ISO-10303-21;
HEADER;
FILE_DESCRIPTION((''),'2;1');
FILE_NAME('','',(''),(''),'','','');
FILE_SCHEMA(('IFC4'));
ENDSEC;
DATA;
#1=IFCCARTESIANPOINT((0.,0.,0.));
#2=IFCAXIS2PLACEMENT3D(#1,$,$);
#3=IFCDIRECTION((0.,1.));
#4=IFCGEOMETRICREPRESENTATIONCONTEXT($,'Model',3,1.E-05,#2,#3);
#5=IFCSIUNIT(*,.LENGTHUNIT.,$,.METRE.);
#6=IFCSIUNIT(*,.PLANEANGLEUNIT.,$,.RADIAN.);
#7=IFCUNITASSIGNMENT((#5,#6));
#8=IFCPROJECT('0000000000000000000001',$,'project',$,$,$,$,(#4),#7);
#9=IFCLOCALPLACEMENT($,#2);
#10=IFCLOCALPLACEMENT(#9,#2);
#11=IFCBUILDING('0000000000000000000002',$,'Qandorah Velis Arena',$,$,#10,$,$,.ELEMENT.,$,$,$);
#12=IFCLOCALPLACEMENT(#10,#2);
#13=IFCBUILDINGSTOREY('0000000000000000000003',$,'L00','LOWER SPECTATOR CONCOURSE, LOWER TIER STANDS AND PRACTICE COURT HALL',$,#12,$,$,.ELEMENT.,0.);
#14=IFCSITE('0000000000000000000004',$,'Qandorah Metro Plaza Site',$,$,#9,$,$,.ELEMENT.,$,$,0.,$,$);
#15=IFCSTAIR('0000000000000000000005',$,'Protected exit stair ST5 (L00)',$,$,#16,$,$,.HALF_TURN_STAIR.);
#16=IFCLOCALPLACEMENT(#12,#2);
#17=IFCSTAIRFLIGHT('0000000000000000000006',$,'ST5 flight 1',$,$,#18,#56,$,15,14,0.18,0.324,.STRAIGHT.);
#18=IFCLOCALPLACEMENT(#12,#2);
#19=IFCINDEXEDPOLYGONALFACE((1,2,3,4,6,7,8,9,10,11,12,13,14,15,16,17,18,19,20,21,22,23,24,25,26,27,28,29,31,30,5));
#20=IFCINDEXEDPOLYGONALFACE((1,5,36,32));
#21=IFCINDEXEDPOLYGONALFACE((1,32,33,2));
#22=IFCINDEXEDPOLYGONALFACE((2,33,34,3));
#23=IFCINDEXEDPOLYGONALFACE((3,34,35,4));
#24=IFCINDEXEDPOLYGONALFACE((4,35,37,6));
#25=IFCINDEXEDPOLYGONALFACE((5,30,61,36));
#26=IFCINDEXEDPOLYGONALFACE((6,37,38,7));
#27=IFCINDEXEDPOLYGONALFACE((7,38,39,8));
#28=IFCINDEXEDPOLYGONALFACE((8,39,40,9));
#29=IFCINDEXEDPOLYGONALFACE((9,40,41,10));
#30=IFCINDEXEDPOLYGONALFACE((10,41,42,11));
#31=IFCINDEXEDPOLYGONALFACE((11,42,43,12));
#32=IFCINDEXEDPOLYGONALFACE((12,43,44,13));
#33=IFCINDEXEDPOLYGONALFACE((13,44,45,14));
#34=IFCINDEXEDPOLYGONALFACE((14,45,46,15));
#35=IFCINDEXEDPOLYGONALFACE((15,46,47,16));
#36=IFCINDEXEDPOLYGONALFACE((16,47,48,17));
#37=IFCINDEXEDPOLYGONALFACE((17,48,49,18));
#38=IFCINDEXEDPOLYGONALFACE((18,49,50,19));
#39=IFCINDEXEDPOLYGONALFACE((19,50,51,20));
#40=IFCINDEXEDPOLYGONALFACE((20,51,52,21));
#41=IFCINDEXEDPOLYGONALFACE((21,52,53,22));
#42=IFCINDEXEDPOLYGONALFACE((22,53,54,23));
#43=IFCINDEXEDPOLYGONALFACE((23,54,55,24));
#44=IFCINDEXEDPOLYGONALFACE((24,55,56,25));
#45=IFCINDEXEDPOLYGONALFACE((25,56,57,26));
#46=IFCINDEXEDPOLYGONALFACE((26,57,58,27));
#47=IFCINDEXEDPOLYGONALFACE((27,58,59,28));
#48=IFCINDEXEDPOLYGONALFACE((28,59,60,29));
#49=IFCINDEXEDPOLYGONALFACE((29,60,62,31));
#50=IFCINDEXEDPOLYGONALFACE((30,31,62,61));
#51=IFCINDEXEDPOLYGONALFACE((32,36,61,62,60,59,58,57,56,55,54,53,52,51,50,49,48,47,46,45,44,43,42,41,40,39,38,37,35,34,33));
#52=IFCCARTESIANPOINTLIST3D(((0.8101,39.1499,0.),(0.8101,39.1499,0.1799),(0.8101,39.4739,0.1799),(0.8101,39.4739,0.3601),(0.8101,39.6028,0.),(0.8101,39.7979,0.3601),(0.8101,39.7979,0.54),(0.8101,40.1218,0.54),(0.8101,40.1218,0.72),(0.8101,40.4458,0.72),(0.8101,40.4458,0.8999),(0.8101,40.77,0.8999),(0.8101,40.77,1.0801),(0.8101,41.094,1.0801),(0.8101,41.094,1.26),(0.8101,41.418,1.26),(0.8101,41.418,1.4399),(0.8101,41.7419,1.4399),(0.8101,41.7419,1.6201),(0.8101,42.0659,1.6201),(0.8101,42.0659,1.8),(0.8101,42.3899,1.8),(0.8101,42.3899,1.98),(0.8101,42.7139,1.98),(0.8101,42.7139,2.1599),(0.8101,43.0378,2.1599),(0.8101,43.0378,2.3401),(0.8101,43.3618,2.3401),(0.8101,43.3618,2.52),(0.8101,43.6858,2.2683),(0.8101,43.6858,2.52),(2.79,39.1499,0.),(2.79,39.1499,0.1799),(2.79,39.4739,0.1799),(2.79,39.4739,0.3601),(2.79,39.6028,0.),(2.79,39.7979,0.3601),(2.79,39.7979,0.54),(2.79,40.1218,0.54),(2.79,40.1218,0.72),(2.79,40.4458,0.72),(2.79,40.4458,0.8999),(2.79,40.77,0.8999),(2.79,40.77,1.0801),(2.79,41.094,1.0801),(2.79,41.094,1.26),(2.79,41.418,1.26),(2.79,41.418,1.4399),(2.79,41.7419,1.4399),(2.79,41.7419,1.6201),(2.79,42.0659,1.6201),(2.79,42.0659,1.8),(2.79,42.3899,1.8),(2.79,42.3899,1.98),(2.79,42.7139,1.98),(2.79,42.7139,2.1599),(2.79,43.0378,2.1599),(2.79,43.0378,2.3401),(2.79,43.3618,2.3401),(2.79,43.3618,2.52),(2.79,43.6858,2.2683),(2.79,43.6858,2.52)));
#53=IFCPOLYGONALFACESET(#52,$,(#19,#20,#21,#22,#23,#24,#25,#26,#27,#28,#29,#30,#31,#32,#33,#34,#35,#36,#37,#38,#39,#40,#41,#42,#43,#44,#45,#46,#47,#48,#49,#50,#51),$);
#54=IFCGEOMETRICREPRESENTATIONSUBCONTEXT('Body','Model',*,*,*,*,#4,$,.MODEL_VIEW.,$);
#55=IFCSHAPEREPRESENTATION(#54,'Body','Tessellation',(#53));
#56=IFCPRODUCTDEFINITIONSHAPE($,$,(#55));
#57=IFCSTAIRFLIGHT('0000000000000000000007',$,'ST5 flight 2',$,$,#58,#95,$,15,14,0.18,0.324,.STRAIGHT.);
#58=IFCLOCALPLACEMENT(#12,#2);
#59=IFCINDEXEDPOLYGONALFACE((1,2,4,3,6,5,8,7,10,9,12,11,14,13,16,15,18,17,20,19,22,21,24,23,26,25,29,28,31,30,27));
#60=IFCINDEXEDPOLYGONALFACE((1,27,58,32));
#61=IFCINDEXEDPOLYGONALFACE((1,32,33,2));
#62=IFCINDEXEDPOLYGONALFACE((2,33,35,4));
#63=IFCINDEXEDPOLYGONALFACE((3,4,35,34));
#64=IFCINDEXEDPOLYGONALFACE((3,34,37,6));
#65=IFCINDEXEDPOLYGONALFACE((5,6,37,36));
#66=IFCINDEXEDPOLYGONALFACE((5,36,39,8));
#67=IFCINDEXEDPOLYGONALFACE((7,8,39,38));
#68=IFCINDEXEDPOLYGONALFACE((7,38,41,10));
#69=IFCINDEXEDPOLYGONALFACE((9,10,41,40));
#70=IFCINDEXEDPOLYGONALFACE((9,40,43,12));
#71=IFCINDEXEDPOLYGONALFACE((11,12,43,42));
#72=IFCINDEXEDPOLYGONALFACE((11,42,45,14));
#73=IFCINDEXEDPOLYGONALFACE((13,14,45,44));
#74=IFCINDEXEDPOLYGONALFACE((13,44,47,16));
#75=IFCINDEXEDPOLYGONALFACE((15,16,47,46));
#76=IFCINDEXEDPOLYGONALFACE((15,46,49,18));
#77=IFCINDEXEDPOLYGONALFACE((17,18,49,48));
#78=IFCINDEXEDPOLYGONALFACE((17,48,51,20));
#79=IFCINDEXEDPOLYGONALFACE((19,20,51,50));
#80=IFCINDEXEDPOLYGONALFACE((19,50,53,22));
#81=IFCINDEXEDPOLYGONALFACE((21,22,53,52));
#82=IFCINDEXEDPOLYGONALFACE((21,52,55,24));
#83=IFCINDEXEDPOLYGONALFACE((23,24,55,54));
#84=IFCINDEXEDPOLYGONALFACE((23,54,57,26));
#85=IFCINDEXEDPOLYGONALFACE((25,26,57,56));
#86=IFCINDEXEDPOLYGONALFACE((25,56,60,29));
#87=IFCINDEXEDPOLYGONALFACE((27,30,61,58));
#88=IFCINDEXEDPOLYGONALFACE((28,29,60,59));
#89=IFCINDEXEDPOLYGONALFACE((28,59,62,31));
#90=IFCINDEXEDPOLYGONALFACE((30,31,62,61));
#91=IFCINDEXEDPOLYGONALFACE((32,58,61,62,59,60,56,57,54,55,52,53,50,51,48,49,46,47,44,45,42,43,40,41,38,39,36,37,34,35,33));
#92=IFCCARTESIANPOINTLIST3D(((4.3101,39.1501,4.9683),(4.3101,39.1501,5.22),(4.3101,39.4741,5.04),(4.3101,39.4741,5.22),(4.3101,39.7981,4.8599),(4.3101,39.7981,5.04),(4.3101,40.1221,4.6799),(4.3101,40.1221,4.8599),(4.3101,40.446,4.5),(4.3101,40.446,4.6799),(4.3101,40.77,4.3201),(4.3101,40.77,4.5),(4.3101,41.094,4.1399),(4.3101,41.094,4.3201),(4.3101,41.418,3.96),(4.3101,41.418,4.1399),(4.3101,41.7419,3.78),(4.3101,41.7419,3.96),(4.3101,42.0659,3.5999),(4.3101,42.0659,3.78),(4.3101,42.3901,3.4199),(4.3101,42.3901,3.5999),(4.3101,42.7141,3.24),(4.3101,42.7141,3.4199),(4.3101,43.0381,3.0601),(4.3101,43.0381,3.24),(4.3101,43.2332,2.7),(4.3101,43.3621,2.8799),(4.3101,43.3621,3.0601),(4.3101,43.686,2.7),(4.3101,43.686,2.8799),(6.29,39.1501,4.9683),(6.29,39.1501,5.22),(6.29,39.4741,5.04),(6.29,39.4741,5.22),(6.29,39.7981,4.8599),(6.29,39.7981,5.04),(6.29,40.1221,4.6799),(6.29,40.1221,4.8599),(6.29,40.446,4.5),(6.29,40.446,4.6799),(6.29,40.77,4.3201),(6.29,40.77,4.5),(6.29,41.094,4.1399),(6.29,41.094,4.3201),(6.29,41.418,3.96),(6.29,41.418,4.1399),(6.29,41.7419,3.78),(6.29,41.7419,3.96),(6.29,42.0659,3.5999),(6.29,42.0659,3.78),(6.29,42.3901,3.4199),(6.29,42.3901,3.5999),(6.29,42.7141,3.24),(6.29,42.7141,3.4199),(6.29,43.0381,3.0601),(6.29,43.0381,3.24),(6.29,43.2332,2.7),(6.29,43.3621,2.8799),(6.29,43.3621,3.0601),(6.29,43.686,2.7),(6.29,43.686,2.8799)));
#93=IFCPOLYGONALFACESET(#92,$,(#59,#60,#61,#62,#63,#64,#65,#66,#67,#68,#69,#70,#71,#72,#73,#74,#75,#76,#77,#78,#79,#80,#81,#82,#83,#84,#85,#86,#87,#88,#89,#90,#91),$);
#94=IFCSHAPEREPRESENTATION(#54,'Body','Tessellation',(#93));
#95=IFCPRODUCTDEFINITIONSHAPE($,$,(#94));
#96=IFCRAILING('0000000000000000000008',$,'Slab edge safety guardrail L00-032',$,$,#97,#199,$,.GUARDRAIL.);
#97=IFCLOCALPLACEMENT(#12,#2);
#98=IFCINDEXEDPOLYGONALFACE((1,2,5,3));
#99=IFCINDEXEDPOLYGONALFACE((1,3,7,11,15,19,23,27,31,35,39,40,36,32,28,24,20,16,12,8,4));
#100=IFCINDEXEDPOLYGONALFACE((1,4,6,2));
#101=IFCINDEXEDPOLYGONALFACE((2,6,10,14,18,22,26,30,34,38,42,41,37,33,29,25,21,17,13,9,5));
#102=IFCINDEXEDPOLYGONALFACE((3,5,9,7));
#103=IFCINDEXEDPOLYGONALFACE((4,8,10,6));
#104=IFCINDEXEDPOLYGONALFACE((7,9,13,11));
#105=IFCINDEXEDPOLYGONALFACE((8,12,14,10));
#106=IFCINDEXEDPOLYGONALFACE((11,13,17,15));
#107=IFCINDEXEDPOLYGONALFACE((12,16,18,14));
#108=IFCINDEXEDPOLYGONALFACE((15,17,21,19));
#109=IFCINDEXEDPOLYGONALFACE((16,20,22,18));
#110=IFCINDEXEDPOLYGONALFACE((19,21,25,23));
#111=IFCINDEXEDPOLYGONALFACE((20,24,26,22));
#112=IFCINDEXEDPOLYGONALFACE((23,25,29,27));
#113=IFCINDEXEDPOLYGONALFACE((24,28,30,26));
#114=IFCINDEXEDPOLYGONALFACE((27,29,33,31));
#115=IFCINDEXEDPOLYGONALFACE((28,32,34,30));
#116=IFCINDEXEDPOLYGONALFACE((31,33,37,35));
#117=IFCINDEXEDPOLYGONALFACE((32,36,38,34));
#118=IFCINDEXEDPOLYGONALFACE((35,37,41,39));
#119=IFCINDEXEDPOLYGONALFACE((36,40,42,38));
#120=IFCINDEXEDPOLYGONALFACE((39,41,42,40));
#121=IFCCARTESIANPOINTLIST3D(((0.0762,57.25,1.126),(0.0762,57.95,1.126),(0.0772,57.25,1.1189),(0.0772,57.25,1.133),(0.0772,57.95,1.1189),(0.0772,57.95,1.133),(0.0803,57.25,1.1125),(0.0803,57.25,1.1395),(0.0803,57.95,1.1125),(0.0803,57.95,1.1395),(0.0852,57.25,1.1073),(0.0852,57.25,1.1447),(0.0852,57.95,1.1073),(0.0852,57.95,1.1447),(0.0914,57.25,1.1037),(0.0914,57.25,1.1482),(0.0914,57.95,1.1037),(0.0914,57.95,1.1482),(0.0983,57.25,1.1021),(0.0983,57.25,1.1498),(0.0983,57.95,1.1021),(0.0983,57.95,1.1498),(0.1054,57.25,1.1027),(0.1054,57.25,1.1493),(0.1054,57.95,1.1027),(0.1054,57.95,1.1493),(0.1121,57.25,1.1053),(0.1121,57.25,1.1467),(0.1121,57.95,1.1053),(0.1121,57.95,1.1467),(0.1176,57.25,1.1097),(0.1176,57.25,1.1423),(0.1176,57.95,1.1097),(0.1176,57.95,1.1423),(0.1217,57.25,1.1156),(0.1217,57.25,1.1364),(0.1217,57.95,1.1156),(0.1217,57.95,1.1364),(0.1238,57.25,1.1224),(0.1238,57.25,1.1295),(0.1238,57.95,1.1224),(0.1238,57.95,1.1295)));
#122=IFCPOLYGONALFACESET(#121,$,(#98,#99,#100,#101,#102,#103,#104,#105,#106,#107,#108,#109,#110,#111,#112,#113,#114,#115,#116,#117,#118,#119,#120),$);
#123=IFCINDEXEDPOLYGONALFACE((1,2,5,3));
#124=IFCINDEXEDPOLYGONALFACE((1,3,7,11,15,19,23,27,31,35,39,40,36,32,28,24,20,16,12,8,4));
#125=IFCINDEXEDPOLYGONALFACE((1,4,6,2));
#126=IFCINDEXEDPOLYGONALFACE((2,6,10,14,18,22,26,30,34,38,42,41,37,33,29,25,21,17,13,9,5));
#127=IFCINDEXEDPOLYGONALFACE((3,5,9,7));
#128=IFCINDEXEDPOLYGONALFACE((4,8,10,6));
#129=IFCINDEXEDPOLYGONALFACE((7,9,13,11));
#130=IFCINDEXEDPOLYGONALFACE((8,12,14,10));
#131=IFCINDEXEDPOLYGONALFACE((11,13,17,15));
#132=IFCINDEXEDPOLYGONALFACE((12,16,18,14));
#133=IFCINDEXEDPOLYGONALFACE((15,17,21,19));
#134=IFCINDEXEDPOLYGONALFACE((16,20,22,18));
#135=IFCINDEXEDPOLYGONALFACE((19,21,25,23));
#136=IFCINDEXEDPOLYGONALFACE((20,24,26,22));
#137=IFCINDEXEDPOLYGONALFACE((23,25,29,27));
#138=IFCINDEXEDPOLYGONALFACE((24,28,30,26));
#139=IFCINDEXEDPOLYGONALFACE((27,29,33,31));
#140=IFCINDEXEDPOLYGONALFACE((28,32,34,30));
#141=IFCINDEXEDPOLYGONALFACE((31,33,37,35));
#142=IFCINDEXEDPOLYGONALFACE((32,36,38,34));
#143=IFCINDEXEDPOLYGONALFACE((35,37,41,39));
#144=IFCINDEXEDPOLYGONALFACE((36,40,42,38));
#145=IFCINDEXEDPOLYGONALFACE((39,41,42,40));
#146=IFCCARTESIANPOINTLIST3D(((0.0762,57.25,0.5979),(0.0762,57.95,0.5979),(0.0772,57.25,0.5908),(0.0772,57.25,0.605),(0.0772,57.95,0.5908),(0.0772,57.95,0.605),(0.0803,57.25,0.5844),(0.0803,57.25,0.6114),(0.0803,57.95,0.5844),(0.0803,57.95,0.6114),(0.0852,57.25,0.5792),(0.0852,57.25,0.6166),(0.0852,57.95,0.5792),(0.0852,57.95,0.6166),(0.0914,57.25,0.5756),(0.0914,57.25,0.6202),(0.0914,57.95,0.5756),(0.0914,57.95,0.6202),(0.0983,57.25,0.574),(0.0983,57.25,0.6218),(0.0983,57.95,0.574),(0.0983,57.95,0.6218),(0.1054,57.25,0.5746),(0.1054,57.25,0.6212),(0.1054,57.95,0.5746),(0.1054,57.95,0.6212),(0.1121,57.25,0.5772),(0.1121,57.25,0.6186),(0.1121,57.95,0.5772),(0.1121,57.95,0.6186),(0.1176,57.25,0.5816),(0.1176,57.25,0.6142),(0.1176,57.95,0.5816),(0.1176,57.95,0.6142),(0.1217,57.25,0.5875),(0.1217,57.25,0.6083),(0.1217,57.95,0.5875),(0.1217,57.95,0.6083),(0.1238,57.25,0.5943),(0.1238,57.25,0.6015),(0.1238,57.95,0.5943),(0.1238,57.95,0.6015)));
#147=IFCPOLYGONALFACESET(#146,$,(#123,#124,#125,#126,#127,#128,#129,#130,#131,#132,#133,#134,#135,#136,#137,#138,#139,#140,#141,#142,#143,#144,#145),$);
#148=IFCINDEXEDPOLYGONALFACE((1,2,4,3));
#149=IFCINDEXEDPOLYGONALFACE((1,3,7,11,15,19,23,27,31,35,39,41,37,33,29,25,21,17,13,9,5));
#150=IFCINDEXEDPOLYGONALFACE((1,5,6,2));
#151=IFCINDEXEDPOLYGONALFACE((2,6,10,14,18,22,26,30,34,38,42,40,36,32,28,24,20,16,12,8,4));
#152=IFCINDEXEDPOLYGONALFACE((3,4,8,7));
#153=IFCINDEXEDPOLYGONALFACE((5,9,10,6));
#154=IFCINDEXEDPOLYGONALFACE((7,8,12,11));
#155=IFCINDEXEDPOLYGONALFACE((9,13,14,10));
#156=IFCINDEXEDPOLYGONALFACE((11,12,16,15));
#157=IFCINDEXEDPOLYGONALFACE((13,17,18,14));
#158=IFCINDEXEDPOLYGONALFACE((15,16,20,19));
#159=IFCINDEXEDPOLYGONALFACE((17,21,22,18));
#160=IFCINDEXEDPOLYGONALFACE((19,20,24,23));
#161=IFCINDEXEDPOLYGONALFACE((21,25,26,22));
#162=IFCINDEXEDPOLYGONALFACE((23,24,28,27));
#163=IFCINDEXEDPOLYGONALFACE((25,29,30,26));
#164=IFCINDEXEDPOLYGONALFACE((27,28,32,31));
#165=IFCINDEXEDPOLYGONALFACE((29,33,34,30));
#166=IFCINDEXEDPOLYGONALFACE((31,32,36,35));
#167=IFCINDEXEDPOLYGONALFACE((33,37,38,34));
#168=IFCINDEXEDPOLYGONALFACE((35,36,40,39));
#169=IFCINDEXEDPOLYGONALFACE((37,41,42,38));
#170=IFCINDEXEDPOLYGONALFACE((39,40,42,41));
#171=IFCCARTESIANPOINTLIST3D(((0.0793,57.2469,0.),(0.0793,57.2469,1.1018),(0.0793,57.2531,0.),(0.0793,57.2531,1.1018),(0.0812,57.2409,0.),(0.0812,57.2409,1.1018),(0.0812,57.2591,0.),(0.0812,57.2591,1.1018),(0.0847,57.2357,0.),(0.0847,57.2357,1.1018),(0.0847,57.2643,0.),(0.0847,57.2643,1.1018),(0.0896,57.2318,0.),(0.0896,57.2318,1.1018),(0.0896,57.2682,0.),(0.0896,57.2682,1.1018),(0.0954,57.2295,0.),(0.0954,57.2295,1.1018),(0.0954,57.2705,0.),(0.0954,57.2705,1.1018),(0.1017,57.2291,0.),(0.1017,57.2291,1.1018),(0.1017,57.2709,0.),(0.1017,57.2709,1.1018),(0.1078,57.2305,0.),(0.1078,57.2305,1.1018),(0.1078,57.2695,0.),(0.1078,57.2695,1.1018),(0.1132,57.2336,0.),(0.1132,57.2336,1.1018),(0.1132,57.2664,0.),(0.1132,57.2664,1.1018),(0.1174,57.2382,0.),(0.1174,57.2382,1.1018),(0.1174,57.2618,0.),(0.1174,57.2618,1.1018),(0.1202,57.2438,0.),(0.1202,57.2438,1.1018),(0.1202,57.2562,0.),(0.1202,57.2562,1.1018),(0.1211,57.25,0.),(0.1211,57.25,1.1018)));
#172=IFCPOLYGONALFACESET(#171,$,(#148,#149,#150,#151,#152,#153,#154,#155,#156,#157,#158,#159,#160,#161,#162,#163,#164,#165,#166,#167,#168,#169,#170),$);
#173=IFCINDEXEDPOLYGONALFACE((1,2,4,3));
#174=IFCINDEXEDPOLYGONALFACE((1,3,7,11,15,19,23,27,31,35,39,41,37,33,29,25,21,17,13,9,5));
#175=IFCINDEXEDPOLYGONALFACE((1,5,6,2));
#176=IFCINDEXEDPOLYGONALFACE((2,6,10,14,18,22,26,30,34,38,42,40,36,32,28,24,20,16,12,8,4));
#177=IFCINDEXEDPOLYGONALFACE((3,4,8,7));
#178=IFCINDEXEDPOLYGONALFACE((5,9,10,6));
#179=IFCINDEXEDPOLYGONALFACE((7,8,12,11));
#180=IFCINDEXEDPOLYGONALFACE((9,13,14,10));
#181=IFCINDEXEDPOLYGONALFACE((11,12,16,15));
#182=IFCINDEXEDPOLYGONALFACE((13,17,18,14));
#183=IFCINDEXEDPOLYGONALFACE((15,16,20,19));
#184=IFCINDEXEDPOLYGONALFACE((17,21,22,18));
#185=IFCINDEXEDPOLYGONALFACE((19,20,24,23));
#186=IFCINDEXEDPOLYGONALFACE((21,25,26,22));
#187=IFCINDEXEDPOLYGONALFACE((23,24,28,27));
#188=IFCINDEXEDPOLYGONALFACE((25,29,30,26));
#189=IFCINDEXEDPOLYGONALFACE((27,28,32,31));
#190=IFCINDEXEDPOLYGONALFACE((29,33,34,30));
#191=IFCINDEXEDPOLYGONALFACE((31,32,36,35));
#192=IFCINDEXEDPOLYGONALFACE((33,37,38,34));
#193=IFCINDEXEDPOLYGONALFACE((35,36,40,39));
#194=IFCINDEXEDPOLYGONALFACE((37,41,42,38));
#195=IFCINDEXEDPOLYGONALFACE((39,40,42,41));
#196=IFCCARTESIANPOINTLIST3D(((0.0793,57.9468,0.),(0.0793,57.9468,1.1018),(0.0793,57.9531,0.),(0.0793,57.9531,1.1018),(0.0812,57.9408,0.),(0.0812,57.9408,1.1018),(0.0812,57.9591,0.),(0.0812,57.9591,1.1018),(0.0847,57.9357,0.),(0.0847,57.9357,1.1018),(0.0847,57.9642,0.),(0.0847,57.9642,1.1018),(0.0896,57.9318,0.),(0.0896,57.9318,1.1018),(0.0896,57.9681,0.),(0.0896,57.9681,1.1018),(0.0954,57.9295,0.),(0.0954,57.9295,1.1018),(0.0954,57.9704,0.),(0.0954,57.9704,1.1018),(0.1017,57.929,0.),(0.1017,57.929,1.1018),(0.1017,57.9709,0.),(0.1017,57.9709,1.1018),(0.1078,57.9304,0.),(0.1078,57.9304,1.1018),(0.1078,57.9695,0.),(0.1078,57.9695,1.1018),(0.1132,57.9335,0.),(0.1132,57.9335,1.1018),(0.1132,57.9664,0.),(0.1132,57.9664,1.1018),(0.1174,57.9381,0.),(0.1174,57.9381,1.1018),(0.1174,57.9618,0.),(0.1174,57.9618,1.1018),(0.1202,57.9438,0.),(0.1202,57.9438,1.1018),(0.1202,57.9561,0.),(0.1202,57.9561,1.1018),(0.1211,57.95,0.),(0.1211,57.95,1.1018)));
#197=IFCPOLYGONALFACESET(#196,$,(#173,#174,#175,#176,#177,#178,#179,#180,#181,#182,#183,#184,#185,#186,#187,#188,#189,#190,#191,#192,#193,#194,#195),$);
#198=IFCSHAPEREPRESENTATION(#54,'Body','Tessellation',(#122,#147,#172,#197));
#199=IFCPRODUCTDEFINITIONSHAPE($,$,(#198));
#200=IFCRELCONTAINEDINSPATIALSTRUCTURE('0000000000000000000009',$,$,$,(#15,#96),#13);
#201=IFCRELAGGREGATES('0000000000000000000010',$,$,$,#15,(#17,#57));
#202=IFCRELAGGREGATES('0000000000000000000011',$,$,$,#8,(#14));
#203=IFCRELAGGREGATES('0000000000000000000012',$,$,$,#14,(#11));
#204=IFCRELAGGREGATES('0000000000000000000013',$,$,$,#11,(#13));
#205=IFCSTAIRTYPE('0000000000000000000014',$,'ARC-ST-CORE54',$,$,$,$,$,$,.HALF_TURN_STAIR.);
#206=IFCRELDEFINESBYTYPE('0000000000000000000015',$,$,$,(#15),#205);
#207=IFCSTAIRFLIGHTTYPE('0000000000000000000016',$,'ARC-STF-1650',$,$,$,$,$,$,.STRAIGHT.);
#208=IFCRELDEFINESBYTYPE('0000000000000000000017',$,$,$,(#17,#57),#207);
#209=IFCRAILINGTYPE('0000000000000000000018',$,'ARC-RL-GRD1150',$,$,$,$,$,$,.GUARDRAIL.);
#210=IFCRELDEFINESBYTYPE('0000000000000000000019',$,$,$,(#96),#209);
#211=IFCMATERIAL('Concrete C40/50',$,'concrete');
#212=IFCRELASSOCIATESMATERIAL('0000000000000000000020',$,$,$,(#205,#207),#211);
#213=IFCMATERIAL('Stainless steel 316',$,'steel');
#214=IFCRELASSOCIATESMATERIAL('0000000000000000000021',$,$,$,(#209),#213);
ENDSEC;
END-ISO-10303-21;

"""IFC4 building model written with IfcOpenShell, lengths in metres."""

from ifc_helpers import new_model, si_unit, direction, frame, origin, origin_2d, place, context, subcontext, project, spatial, polyline, circle, outline, extrude, material, type_object, element, aggregate, save


model = new_model("IFC4")

# Units and contexts
model_context = context("Model", 3, precision=1e-05, world=origin(), true_north=direction((0.0, 1.0)))
body_context = subcontext(model_context, "Body", "Model", "MODEL_VIEW")
ifc_project = project(units=[si_unit("LENGTHUNIT", "METRE"), si_unit("PLANEANGLEUNIT", "RADIAN")], contexts=[model_context])

# Site, building, storey
site_placement = place(None, origin())
site = spatial("IfcSite", under=ifc_project, at=site_placement, Name="Qandorah Metro Plaza Site", CompositionType="ELEMENT", RefElevation=0.0)
building_placement = place(site_placement, origin())
building = spatial("IfcBuilding", under=site, at=building_placement, Name="Qandorah Velis Arena", CompositionType="ELEMENT")
storey_placement = place(building_placement, origin())
storey = spatial("IfcBuildingStorey", under=building, at=storey_placement, Name="L00", Description="LOWER SPECTATOR CONCOURSE, LOWER TIER STANDS AND PRACTICE COURT HALL", CompositionType="ELEMENT", Elevation=0.0)

# Shared definitions
ifc_material_1 = material(Name="Concrete C40/50", Category="concrete")

# Stair, stair flights
stair_type = type_object("IfcStairType", Name="ARC-ST-CORE54", PredefinedType="HALF_TURN_STAIR", material=ifc_material_1)
stair_placement = place(storey_placement, origin())
stair = element("IfcStair", 1, at=stair_placement, inside=storey, type_object=stair_type, Name="Protected exit stair ST5 (L00)", PredefinedType="HALF_TURN_STAIR")
stair_flight_type = type_object("IfcStairFlightType", Name="ARC-STF-1650", PredefinedType="STRAIGHT", material=ifc_material_1)
stair_flight_1_placement = place(storey_placement, frame((1.8, 39.1499, 0.0), z_axis=(0.0, 0.0, 1.0), x_axis=(0.0, 1.0, 0.0)))
stair_flight_1 = element("IfcStairFlight", 2, at=stair_flight_1_placement, type_object=stair_flight_type, Name="ST5 flight 1", NumberOfRisers=15, NumberOfTreads=14, PredefinedType="STRAIGHT", RiserHeight=0.18, TreadLength=0.324, context=body_context, shape_type="SweptSolid", body=[
    extrude(outline(polyline([(0.0, 0.0), (0.0, 0.1799), (0.324, 0.1799), (0.324, 0.3601), (0.6479, 0.3601), (0.6479, 0.54), (0.9719, 0.54), (0.9719, 0.72), (1.2959, 0.72), (1.2959, 0.8999), (1.6201, 0.8999), (1.6201, 1.0801), (1.9441, 1.0801), (1.9441, 1.26), (2.2681, 1.26), (2.2681, 1.4399), (2.592, 1.4399), (2.592, 1.6201), (2.916, 1.6201), (2.916, 1.8), (3.24, 1.8), (3.24, 1.98), (3.564, 1.98), (3.564, 2.1599), (3.8879, 2.1599), (3.8879, 2.3401), (4.2119, 2.3401), (4.2119, 2.52), (4.5359, 2.52), (4.5359, 2.7), (4.5359, 2.2683), (0.4529, 0.0), (0.0, 0.0)])), frame((0.0, 0.99, 0.0), z_axis=(0.0, -1.0, 0.0), x_axis=(1.0, 0.0, 0.0)), (0.0, 0.0, 1.0), 1.98),
])
stair_flight_2_placement = place(storey_placement, frame((5.3, 43.686, 2.7), z_axis=(0.0, 0.0, 1.0), x_axis=(0.0, -1.0, 0.0)))
stair_flight_2 = element("IfcStairFlight", 3, at=stair_flight_2_placement, type_object=stair_flight_type, Name="ST5 flight 2", NumberOfRisers=15, NumberOfTreads=14, PredefinedType="STRAIGHT", RiserHeight=0.18, TreadLength=0.324, context=body_context, shape_type="SweptSolid", body=[
    extrude(outline(polyline([(0.0, 0.0), (0.0, 0.1799), (0.324, 0.1799), (0.324, 0.3601), (0.6479, 0.3601), (0.6479, 0.54), (0.9719, 0.54), (0.9719, 0.72), (1.2959, 0.72), (1.2959, 0.8999), (1.6201, 0.8999), (1.6201, 1.0801), (1.9441, 1.0801), (1.9441, 1.26), (2.2681, 1.26), (2.2681, 1.4399), (2.592, 1.4399), (2.592, 1.6201), (2.916, 1.6201), (2.916, 1.8), (3.24, 1.8), (3.24, 1.98), (3.564, 1.98), (3.564, 2.1599), (3.8879, 2.1599), (3.8879, 2.3401), (4.2119, 2.3401), (4.2119, 2.52), (4.5359, 2.52), (4.5359, 2.7), (4.5359, 2.2683), (0.4529, 0.0), (0.0, 0.0)])), frame((0.0, 0.99, 0.0), z_axis=(0.0, -1.0, 0.0), x_axis=(1.0, 0.0, 0.0)), (0.0, 0.0, 1.0), 1.98),
])
aggregate(stair, [stair_flight_1, stair_flight_2])

# Railing
ifc_material_2 = material(Name="Stainless steel 316", Category="steel")
railing_type_1 = type_object("IfcRailingType", Name="ARC-RL-GRD1150", PredefinedType="GUARDRAIL", material=ifc_material_2)
railing_1_placement = place(storey_placement, frame((0.1001, 57.25, 0.0)))
element("IfcRailing", 4, at=railing_1_placement, inside=storey, type_object=railing_type_1, Name="Slab edge safety guardrail L00-032", PredefinedType="GUARDRAIL", context=body_context, shape_type="SweptSolid", body=[
    extrude(circle(Radius=0.0239, at=origin_2d()), frame((0.0, 0.0, 1.126), z_axis=(0.0, 1.0, 0.0), x_axis=(-1.0, 0.0, 0.0)), (0.0, 0.0, 1.0), 0.7),
    extrude(circle(Radius=0.0239, at=origin_2d()), frame((0.0, 0.0, 0.5979), z_axis=(0.0, 1.0, 0.0), x_axis=(-1.0, 0.0, 0.0)), (0.0, 0.0, 1.0), 0.7),
    extrude(circle(Radius=0.021, at=origin_2d()), origin(), (0.0, 0.0, 1.0), 1.1018),
    extrude(circle(Radius=0.021, at=origin_2d()), frame((0.0, 0.7, 0.0)), (0.0, 0.0, 1.0), 1.1018),
])

save(model, "model.ifc")
